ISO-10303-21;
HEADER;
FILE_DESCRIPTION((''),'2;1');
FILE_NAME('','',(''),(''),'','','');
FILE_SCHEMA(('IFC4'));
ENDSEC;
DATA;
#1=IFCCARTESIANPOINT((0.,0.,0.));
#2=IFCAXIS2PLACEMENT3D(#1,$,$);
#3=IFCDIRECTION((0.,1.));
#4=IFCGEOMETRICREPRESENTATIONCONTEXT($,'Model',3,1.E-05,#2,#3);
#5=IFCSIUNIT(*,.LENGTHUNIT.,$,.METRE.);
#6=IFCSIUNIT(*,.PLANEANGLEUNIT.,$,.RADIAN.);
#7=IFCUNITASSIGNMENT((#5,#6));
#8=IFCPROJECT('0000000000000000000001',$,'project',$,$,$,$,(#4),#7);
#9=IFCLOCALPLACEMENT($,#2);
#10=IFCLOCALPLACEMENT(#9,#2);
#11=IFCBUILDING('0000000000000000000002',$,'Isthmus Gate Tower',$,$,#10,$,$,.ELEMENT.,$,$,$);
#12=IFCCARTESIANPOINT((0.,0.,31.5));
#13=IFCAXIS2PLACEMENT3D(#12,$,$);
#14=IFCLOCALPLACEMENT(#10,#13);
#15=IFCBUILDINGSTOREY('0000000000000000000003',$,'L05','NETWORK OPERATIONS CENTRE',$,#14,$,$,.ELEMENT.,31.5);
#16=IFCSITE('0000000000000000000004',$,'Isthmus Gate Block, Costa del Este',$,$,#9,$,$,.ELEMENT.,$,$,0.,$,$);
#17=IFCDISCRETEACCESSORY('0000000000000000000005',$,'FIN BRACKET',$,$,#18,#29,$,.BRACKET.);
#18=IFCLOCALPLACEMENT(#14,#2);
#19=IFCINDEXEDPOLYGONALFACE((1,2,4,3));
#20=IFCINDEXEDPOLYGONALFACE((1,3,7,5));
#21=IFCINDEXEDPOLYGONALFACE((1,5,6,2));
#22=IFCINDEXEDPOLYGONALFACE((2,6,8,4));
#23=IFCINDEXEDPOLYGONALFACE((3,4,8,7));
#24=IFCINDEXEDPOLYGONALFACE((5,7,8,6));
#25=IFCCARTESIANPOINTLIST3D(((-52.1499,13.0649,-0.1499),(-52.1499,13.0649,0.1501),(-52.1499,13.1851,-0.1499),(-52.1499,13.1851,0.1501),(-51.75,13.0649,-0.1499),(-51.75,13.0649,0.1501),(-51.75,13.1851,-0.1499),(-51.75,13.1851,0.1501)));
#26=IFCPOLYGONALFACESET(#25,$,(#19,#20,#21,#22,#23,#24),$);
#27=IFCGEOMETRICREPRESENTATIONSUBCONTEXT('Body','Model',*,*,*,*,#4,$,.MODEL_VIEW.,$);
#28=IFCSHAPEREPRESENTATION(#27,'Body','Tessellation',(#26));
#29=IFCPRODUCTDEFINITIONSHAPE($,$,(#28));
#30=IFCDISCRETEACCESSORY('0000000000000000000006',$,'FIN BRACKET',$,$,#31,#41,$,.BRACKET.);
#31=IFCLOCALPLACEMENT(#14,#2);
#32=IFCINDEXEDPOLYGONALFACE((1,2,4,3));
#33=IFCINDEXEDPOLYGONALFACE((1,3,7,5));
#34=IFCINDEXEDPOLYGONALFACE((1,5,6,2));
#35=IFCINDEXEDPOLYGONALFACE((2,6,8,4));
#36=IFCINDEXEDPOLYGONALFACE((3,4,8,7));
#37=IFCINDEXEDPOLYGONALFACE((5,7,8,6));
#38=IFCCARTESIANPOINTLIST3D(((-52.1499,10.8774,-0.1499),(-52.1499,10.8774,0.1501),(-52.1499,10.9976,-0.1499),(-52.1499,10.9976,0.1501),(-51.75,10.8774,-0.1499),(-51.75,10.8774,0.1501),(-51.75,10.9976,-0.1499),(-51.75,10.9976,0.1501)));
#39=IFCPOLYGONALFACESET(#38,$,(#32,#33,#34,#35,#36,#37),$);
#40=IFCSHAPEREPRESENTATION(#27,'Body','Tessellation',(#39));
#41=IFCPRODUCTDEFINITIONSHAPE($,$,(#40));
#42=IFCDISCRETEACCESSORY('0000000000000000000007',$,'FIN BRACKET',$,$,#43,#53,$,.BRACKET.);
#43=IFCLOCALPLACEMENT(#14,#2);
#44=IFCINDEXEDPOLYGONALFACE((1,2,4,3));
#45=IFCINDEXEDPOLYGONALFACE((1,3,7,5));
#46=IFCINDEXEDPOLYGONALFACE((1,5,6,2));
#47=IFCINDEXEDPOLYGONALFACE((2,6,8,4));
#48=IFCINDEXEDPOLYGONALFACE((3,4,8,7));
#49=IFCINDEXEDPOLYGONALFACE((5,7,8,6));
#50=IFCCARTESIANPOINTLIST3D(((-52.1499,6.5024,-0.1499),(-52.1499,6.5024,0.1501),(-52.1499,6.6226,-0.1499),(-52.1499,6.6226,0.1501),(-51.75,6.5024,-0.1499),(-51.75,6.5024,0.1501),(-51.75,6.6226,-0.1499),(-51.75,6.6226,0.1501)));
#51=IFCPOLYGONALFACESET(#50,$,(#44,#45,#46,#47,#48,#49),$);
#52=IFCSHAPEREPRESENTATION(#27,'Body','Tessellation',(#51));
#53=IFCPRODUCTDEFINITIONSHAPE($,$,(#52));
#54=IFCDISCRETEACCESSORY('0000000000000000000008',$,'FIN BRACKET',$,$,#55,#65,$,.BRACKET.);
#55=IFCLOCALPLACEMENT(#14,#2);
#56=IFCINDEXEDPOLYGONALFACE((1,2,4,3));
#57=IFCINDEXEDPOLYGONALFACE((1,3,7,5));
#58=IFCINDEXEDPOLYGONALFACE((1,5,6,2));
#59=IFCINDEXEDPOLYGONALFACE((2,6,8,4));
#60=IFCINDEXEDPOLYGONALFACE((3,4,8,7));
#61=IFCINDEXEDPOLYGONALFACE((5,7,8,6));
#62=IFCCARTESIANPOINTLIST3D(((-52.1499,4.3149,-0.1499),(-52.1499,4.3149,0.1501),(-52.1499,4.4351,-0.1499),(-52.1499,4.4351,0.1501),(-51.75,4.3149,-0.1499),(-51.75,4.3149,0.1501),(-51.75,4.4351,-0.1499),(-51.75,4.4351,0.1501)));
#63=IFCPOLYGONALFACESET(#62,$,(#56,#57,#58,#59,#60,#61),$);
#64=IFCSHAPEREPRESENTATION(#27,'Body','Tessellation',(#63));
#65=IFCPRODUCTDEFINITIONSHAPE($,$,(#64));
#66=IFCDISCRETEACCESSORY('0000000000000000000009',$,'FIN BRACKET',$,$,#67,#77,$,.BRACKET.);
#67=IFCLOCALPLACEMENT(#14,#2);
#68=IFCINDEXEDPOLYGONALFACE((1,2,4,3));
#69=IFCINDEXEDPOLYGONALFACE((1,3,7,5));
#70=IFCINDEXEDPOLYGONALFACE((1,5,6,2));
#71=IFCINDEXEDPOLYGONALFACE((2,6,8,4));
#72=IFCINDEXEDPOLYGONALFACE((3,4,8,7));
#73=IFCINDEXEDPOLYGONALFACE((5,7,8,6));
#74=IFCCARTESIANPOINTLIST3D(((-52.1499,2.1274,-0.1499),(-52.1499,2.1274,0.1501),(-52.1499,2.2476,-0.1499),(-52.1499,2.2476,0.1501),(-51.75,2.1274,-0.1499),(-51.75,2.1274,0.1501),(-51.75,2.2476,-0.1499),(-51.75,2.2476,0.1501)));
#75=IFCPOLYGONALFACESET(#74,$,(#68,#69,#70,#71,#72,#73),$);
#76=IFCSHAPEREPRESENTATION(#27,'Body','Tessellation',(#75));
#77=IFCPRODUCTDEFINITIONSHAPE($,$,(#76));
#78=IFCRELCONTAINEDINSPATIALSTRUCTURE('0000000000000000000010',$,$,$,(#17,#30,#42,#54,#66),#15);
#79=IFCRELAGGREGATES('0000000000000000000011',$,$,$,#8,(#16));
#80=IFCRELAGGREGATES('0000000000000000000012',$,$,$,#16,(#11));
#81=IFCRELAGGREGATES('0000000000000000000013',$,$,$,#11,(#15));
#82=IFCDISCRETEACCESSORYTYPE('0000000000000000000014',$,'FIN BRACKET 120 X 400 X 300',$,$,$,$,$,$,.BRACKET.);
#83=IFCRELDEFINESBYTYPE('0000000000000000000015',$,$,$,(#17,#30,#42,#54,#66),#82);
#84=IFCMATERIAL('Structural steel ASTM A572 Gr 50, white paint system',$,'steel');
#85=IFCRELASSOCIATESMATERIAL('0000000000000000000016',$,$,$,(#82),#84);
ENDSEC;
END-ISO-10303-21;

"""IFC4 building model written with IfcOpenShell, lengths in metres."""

from ifc_helpers import new_model, si_unit, direction, frame, origin, origin_2d, place, context, subcontext, project, spatial, rectangle, extrude, material, type_object, element, save


model = new_model("IFC4")

# Units and contexts
model_context = context("Model", 3, precision=1e-05, world=origin(), true_north=direction((0.0, 1.0)))
body_context = subcontext(model_context, "Body", "Model", "MODEL_VIEW")
ifc_project = project(units=[si_unit("LENGTHUNIT", "METRE"), si_unit("PLANEANGLEUNIT", "RADIAN")], contexts=[model_context])

# Site, building, storey
site_placement = place(None, origin())
site = spatial("IfcSite", under=ifc_project, at=site_placement, Name="Isthmus Gate Block, Costa del Este", CompositionType="ELEMENT", RefElevation=0.0)
building_placement = place(site_placement, origin())
building = spatial("IfcBuilding", under=site, at=building_placement, Name="Isthmus Gate Tower", CompositionType="ELEMENT")
storey_placement = place(building_placement, frame((0.0, 0.0, 31.5)))
storey = spatial("IfcBuildingStorey", under=building, at=storey_placement, Name="L05", Description="NETWORK OPERATIONS CENTRE", CompositionType="ELEMENT", Elevation=31.5)

# Discrete accessories
ifc_material_1 = material(Name="Structural steel ASTM A572 Gr 50, white paint system", Category="steel")
discrete_accessory_type = type_object("IfcDiscreteAccessoryType", Name="FIN BRACKET 120 X 400 X 300", PredefinedType="BRACKET", material=ifc_material_1)
for number, where, z_axis, x_axis, name in (
    (1, (-51.95, 13.125, -0.1499), (0.0, 0.0, 1.0), (-1.0, 0.0, 0.0), "FIN BRACKET"),
    (2, (-51.95, 10.9375, -0.1499), (0.0, 0.0, 1.0), (-1.0, 0.0, 0.0), "FIN BRACKET"),
    (3, (-51.95, 6.5625, -0.1499), (0.0, 0.0, 1.0), (-1.0, 0.0, 0.0), "FIN BRACKET"),
    (4, (-51.95, 4.375, -0.1499), (0.0, 0.0, 1.0), (-1.0, 0.0, 0.0), "FIN BRACKET"),
    (5, (-51.95, 2.1875, -0.1499), (0.0, 0.0, 1.0), (-1.0, 0.0, 0.0), "FIN BRACKET"),
):
    element("IfcDiscreteAccessory", number, at=place(storey_placement, frame(where, z_axis=z_axis, x_axis=x_axis)), inside=storey, type_object=discrete_accessory_type, Name=name, PredefinedType="BRACKET", context=body_context, shape_type="SweptSolid", body=[
        extrude(rectangle(XDim=0.3999, YDim=0.1201, at=origin_2d()), origin(), (0.0, 0.0, 1.0), 0.3),
    ])

save(model, "model.ifc")
